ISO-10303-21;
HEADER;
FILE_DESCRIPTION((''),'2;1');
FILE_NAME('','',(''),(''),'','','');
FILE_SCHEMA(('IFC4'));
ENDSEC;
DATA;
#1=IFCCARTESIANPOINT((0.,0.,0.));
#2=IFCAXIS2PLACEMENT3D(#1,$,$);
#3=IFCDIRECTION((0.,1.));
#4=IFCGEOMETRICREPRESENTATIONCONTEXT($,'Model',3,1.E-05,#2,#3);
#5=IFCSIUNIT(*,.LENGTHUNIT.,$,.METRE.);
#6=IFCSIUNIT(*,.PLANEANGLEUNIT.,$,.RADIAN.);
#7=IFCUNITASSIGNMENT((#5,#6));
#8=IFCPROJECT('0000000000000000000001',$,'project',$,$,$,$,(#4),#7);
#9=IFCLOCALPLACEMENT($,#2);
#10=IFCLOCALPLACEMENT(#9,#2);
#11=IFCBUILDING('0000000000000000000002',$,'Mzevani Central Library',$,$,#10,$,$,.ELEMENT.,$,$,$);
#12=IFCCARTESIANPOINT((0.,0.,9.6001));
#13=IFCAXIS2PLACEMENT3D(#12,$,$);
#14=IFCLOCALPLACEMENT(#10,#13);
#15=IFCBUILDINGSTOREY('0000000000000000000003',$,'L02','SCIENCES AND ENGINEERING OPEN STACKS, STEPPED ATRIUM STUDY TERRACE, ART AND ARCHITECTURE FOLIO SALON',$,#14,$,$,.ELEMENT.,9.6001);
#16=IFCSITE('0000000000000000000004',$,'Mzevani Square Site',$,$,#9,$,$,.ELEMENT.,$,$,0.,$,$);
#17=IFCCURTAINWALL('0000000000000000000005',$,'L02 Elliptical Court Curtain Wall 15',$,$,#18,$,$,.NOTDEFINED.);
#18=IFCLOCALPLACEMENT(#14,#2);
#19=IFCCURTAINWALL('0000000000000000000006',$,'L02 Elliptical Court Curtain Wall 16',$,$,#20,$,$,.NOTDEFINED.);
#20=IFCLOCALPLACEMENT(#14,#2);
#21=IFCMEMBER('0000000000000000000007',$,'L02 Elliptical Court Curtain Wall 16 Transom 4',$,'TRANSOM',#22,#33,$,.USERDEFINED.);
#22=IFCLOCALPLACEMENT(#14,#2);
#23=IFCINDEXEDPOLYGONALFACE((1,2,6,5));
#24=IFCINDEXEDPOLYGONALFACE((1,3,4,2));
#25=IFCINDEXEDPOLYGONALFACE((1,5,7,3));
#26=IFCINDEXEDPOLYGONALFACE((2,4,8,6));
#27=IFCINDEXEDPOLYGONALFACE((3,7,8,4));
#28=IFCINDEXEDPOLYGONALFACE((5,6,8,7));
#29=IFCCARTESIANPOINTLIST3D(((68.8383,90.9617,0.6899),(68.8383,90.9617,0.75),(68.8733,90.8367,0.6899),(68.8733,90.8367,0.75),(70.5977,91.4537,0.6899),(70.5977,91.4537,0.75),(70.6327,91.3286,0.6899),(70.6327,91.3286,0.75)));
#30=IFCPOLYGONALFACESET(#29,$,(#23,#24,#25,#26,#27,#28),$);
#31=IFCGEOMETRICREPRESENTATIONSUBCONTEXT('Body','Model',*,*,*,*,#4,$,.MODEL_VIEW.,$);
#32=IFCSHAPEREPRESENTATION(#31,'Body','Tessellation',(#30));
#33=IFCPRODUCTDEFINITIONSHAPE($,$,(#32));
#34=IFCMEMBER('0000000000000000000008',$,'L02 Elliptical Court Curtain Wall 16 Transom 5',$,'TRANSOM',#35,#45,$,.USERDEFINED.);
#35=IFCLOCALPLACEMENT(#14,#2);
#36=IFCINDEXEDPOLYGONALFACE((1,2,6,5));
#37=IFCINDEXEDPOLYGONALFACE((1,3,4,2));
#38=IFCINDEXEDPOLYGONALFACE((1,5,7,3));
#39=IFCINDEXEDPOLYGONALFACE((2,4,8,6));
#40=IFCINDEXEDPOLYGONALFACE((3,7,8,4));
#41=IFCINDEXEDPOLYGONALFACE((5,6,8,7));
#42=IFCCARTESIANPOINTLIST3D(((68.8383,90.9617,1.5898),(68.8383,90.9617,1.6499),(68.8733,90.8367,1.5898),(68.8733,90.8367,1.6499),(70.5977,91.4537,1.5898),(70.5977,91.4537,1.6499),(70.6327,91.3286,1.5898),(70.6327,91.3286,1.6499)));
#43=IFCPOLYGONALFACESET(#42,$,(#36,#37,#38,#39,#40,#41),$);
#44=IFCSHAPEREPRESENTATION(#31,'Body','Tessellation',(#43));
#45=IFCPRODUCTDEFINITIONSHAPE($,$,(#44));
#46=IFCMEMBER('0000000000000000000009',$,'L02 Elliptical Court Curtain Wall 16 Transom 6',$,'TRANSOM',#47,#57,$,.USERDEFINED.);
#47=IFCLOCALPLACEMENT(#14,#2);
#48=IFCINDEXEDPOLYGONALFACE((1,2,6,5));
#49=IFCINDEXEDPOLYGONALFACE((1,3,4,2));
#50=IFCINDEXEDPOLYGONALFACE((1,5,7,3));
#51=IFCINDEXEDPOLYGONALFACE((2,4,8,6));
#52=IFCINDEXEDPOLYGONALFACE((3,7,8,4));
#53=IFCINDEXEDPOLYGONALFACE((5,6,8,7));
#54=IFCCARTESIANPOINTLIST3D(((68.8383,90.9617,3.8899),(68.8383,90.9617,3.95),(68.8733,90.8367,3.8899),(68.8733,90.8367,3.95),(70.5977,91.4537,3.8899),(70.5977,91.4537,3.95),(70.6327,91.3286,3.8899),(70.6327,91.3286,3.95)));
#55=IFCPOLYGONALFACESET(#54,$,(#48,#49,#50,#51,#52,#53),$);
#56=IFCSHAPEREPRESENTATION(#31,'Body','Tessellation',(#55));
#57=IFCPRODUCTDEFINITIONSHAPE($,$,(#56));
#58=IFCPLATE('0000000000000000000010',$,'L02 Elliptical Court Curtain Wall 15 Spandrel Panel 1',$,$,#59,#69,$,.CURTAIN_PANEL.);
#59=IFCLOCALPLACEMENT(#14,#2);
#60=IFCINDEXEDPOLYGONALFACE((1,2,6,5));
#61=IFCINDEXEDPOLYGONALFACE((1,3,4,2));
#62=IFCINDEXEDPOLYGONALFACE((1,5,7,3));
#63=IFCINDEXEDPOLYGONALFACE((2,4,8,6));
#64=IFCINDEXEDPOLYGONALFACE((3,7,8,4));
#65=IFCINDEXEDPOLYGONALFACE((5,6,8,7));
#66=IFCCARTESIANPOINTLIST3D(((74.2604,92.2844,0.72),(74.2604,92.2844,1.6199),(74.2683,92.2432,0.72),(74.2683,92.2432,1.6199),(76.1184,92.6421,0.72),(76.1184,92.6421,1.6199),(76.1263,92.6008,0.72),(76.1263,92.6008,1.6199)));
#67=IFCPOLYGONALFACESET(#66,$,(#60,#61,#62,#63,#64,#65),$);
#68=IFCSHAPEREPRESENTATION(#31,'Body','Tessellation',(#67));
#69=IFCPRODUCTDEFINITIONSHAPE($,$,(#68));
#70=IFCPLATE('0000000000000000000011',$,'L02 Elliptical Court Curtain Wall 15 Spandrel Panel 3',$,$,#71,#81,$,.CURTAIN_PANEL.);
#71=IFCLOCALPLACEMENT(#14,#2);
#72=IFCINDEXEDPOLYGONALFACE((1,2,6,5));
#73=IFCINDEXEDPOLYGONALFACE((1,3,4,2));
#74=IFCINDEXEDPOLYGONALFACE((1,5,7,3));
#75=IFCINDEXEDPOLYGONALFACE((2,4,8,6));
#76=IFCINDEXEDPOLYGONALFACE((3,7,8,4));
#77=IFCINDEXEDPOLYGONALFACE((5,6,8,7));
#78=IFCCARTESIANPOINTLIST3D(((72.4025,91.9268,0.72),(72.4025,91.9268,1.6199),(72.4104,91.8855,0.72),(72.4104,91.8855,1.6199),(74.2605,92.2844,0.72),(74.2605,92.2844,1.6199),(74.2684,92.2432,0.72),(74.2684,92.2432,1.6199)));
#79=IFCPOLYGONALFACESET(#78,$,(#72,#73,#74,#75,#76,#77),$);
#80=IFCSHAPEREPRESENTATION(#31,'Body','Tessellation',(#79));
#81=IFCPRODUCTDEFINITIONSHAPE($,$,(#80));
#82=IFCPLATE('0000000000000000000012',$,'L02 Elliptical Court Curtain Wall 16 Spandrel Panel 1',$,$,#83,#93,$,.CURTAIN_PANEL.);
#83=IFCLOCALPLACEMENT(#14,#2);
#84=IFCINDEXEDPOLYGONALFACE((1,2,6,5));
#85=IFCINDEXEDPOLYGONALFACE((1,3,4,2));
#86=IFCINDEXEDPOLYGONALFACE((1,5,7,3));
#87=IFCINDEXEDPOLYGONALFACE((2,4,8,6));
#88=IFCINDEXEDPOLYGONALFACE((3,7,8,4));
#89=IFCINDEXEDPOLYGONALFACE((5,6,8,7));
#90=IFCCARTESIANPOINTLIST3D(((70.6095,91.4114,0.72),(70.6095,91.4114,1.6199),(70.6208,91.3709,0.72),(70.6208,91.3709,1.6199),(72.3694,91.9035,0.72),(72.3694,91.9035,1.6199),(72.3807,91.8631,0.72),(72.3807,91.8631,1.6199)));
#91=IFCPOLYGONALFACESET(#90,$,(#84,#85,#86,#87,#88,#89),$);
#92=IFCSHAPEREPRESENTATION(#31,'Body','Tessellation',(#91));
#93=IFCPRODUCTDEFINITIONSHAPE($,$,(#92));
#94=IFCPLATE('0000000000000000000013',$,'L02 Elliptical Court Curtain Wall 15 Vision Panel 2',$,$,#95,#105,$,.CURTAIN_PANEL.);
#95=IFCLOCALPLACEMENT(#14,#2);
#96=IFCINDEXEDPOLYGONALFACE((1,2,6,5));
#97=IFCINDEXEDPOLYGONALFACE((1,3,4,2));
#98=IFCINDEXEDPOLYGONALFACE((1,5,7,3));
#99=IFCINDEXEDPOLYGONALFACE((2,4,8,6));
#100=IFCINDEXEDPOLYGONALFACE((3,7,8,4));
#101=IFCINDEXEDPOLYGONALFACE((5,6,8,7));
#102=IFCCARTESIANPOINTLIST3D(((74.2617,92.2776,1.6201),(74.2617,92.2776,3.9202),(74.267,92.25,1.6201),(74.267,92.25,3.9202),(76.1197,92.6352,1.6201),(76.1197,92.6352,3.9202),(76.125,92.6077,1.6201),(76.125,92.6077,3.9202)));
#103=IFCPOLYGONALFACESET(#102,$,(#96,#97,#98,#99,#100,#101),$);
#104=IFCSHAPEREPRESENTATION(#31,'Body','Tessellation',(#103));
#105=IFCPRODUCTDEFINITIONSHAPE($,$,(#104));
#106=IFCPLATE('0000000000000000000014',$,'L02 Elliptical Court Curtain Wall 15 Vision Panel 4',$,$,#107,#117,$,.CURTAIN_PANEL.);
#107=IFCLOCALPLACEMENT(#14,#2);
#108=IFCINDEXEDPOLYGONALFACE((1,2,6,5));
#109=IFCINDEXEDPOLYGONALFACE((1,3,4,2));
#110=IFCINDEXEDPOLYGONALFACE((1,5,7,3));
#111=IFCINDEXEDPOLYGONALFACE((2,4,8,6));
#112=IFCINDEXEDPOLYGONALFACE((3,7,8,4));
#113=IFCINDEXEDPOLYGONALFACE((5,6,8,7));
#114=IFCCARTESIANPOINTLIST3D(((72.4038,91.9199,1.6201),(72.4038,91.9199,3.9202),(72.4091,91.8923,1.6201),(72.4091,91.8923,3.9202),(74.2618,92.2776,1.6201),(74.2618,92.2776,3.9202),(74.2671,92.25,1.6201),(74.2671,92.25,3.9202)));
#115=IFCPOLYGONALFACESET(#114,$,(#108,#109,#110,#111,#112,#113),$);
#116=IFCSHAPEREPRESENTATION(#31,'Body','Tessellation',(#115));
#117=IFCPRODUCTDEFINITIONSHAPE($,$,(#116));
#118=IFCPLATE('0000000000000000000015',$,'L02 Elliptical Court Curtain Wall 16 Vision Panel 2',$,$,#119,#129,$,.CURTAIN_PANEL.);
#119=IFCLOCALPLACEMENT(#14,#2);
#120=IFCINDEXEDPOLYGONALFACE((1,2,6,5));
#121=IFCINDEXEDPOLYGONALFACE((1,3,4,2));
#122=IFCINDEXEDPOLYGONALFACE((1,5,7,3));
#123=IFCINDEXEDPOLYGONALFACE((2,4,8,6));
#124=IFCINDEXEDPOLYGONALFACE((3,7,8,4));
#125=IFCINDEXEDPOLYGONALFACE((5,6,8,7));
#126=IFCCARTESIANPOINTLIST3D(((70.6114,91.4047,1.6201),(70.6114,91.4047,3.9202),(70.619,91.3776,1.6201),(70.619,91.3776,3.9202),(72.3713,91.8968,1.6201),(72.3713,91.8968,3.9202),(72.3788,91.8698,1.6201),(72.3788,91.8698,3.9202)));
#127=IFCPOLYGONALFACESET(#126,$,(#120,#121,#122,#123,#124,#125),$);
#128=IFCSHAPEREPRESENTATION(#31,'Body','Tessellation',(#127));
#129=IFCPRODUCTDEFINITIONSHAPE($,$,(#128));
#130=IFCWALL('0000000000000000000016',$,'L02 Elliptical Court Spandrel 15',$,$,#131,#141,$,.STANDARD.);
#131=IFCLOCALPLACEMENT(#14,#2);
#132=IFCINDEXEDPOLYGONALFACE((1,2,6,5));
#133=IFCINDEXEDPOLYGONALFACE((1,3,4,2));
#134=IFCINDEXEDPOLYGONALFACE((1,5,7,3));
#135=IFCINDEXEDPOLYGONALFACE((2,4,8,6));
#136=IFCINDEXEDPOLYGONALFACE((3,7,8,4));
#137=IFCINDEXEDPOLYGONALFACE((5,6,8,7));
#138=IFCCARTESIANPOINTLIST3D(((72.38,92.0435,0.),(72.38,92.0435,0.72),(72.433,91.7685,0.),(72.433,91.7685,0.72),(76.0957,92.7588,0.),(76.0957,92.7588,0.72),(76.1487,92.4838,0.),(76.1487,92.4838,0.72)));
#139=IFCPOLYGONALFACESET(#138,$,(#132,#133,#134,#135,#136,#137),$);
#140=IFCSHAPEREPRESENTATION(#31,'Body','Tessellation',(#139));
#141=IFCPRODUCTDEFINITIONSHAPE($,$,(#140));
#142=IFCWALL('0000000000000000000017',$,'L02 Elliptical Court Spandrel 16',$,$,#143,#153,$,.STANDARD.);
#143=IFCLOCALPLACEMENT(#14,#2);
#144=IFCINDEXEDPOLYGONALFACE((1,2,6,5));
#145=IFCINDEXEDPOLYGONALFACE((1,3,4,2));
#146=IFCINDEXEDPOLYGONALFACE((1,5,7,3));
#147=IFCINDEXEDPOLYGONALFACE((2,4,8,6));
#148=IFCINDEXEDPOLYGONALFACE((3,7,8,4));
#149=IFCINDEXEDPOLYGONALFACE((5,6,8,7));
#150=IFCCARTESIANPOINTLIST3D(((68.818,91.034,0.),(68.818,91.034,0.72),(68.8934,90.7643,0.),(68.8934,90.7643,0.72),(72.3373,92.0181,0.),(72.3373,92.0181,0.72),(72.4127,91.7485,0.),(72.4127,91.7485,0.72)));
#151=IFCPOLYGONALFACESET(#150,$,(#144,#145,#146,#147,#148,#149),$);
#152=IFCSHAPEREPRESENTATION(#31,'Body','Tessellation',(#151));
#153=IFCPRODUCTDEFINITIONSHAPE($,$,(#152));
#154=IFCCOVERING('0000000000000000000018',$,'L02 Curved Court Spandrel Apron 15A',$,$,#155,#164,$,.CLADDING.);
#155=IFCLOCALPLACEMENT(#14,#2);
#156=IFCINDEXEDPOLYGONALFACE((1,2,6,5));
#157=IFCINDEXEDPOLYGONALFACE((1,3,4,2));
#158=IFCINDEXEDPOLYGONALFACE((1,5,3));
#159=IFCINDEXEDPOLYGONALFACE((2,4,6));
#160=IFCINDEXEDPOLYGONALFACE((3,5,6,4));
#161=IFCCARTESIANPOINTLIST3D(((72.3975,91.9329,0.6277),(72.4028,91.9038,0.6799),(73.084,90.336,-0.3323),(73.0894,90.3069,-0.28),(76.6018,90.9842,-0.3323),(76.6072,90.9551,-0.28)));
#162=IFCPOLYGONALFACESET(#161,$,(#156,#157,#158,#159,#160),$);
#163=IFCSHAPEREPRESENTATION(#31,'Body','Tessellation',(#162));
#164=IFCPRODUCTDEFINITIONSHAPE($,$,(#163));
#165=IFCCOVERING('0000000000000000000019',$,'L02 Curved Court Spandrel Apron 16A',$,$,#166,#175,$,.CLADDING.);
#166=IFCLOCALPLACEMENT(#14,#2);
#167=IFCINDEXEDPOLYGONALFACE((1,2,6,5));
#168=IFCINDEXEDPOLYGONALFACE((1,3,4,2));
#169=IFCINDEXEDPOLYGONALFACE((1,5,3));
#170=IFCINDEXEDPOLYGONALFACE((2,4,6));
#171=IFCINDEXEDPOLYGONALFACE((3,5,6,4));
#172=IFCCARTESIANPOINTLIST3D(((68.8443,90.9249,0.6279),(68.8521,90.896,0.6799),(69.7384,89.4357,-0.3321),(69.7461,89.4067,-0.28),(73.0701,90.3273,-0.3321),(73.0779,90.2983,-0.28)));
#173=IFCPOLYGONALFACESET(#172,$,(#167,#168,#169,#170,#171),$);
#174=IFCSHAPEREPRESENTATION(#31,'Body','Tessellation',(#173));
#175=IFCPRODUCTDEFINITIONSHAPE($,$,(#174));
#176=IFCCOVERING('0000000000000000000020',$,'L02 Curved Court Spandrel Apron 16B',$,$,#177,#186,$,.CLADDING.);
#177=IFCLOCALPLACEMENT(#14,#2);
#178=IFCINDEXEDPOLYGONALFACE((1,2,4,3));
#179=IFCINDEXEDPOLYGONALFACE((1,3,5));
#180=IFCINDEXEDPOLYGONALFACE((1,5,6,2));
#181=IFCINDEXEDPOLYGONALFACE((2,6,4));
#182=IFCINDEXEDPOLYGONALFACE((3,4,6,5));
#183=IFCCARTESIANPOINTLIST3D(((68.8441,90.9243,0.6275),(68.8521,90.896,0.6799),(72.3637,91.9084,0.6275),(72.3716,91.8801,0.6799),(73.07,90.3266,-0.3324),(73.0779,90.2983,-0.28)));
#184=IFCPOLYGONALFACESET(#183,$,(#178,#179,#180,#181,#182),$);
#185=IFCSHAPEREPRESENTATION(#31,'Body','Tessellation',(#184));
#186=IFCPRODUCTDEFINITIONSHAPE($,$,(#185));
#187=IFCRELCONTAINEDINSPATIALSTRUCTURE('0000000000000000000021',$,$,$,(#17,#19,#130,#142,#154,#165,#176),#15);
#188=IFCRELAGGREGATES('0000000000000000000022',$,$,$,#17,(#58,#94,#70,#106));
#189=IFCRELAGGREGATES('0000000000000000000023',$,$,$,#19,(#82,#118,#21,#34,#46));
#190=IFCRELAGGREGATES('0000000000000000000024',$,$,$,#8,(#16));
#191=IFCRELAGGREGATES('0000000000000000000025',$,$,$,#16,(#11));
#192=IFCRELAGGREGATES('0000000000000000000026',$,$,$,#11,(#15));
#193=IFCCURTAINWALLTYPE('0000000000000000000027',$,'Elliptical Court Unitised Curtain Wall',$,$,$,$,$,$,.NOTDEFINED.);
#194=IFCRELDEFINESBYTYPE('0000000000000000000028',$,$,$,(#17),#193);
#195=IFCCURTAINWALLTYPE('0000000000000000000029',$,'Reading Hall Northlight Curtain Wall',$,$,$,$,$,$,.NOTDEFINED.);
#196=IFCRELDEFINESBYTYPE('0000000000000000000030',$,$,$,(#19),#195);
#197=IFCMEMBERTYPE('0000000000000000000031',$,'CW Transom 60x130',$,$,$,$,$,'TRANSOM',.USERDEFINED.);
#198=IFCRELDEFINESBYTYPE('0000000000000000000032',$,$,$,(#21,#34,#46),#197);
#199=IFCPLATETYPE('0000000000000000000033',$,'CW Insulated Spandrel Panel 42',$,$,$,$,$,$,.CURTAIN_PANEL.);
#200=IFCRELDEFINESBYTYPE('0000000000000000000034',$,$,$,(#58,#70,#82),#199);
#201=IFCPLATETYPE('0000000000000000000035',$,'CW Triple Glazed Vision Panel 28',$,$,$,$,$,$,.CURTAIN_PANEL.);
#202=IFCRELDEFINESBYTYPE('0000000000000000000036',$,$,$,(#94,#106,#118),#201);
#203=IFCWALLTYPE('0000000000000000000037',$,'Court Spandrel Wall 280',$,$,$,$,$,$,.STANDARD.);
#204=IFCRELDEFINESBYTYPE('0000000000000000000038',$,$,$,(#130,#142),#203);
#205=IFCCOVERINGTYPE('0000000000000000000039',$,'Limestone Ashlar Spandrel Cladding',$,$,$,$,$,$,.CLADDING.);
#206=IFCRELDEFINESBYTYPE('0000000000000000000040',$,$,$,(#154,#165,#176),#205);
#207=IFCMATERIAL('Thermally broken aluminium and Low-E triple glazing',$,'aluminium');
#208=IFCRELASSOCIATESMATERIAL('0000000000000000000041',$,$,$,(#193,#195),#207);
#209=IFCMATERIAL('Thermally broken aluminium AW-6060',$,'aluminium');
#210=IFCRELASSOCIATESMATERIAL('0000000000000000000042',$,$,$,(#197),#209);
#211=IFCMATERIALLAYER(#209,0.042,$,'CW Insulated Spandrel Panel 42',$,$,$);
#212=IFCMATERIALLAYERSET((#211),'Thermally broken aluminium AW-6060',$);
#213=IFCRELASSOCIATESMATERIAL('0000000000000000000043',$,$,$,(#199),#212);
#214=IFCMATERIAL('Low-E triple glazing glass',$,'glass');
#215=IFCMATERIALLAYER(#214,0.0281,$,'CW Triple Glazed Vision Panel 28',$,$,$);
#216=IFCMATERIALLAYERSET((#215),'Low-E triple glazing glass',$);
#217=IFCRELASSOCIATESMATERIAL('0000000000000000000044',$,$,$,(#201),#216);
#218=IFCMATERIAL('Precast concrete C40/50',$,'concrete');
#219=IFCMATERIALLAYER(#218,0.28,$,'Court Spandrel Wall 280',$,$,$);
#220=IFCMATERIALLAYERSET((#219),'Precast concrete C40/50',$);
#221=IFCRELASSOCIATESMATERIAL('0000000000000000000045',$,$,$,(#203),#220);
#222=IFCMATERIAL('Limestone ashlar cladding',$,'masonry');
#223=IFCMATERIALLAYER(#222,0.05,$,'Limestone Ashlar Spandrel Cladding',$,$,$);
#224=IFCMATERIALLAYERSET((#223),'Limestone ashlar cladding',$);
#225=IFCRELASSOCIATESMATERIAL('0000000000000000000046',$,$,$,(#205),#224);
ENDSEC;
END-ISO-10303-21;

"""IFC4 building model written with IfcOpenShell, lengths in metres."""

from ifc_helpers import new_model, si_unit, direction, frame, frame_2d, origin, origin_2d, place, context, subcontext, project, spatial, polyline, rectangle, outline, extrude, material, layer, layer_set, material_profile, profile_set, type_object, element, aggregate, save


model = new_model("IFC4")

# Units and contexts
model_context = context("Model", 3, precision=1e-05, world=origin(), true_north=direction((0.0, 1.0)))
body_context = subcontext(model_context, "Body", "Model", "MODEL_VIEW")
ifc_project = project(units=[si_unit("LENGTHUNIT", "METRE"), si_unit("PLANEANGLEUNIT", "RADIAN")], contexts=[model_context])

# Site, building, storey
site_placement = place(None, origin())
site = spatial("IfcSite", under=ifc_project, at=site_placement, Name="Mzevani Square Site", CompositionType="ELEMENT", RefElevation=0.0)
building_placement = place(site_placement, origin())
building = spatial("IfcBuilding", under=site, at=building_placement, Name="Mzevani Central Library", CompositionType="ELEMENT")
storey_placement = place(building_placement, frame((0.0, 0.0, 9.6001)))
storey = spatial("IfcBuildingStorey", under=building, at=storey_placement, Name="L02", Description="SCIENCES AND ENGINEERING OPEN STACKS, STEPPED ATRIUM STUDY TERRACE, ART AND ARCHITECTURE FOLIO SALON", CompositionType="ELEMENT", Elevation=9.6001)

# Curtain wall
ifc_material_1 = material(Name="Thermally broken aluminium and Low-E triple glazing", Category="aluminium")
curtain_wall_type_1 = type_object("IfcCurtainWallType", Name="Elliptical Court Unitised Curtain Wall", PredefinedType="NOTDEFINED", material=ifc_material_1)
curtain_wall_1_placement = place(storey_placement, origin())
curtain_wall_1 = element("IfcCurtainWall", 1, at=curtain_wall_1_placement, inside=storey, type_object=curtain_wall_type_1, Name="L02 Elliptical Court Curtain Wall 15", PredefinedType="NOTDEFINED")
ifc_material_2 = material(Name="Thermally broken aluminium AW-6060", Category="aluminium")

# Curtain wall
curtain_wall_type_2 = type_object("IfcCurtainWallType", Name="Reading Hall Northlight Curtain Wall", PredefinedType="NOTDEFINED", material=ifc_material_1)
curtain_wall_2_placement = place(storey_placement, origin())
curtain_wall_2 = element("IfcCurtainWall", 2, at=curtain_wall_2_placement, inside=storey, type_object=curtain_wall_type_2, Name="L02 Elliptical Court Curtain Wall 16", PredefinedType="NOTDEFINED")

# Members
ifc_material_profile_1 = material_profile(ifc_material_2, rectangle(XDim=0.1299, YDim=0.0601, at=origin_2d()), Name="ALU T60x130")
ifc_profile_set_1 = profile_set([ifc_material_profile_1], Name="Thermally broken aluminium AW-6060")
member_type_1 = type_object("IfcMemberType", Name="CW Transom 60x130", ElementType="TRANSOM", PredefinedType="USERDEFINED", material=ifc_profile_set_1)
member_1_placement = place(storey_placement, frame((70.6152, 91.3911, 0.72), z_axis=(-0.963067, -0.269263, 0.0), x_axis=(0.269263, -0.963067, 0.0)))
member_1 = element("IfcMember", 3, at=member_1_placement, type_object=member_type_1, Name="L02 Elliptical Court Curtain Wall 16 Transom 4", ObjectType="TRANSOM", PredefinedType="USERDEFINED", context=body_context, shape_type="SweptSolid", body=[
    extrude(rectangle(XDim=0.1299, YDim=0.0601, at=origin_2d()), origin(), (0.0, 0.0, 1.0), 1.8269),
])
member_2_placement = place(storey_placement, frame((70.6152, 91.3911, 1.6199), z_axis=(-0.963067, -0.269263, 0.0), x_axis=(0.269263, -0.963067, 0.0)))
member_2 = element("IfcMember", 4, at=member_2_placement, type_object=member_type_1, Name="L02 Elliptical Court Curtain Wall 16 Transom 5", ObjectType="TRANSOM", PredefinedType="USERDEFINED", context=body_context, shape_type="SweptSolid", body=[
    extrude(rectangle(XDim=0.1299, YDim=0.0601, at=origin_2d()), origin(), (0.0, 0.0, 1.0), 1.8269),
])
member_3_placement = place(storey_placement, frame((70.6152, 91.3911, 3.9199), z_axis=(-0.963067, -0.269263, 0.0), x_axis=(0.269263, -0.963067, 0.0)))
member_3 = element("IfcMember", 5, at=member_3_placement, type_object=member_type_1, Name="L02 Elliptical Court Curtain Wall 16 Transom 6", ObjectType="TRANSOM", PredefinedType="USERDEFINED", context=body_context, shape_type="SweptSolid", body=[
    extrude(rectangle(XDim=0.1299, YDim=0.0601, at=origin_2d()), origin(), (0.0, 0.0, 1.0), 1.8269),
])

# Plates
ifc_layer_1 = layer(ifc_material_2, 0.042, Name="CW Insulated Spandrel Panel 42")
ifc_layer_set_1 = layer_set([ifc_layer_1], Name="Thermally broken aluminium AW-6060")
plate_type_1 = type_object("IfcPlateType", Name="CW Insulated Spandrel Panel 42", PredefinedType="CURTAIN_PANEL", material=ifc_layer_set_1)
plate_1_placement = place(storey_placement, frame((75.1934, 92.4426, 0.72), z_axis=(0.0, 0.0, 1.0), x_axis=(-0.981972, -0.189027, 0.0)))
plate_1 = element("IfcPlate", 6, at=plate_1_placement, type_object=plate_type_1, Name="L02 Elliptical Court Curtain Wall 15 Spandrel Panel 1", PredefinedType="CURTAIN_PANEL", context=body_context, shape_type="SweptSolid", body=[
    extrude(rectangle(XDim=1.8921, YDim=0.042, at=origin_2d()), origin(), (0.0, 0.0, 1.0), 0.8999),
])
plate_2_placement = place(storey_placement, frame((73.3354, 92.085, 0.72), z_axis=(0.0, 0.0, 1.0), x_axis=(-0.981972, -0.189027, 0.0)))
plate_2 = element("IfcPlate", 7, at=plate_2_placement, type_object=plate_type_1, Name="L02 Elliptical Court Curtain Wall 15 Spandrel Panel 3", PredefinedType="CURTAIN_PANEL", context=body_context, shape_type="SweptSolid", body=[
    extrude(rectangle(XDim=1.8921, YDim=0.042, at=origin_2d()), origin(), (0.0, 0.0, 1.0), 0.8999),
])
plate_3_placement = place(storey_placement, frame((71.4951, 91.6372, 0.72), z_axis=(0.0, 0.0, 1.0), x_axis=(-0.963054, -0.26931, 0.0)))
plate_3 = element("IfcPlate", 8, at=plate_3_placement, type_object=plate_type_1, Name="L02 Elliptical Court Curtain Wall 16 Spandrel Panel 1", PredefinedType="CURTAIN_PANEL", context=body_context, shape_type="SweptSolid", body=[
    extrude(rectangle(XDim=1.8274, YDim=0.042, at=origin_2d()), origin(), (0.0, 0.0, 1.0), 0.8999),
])
ifc_material_3 = material(Name="Low-E triple glazing glass", Category="glass")
ifc_layer_2 = layer(ifc_material_3, 0.0281, Name="CW Triple Glazed Vision Panel 28")
ifc_layer_set_2 = layer_set([ifc_layer_2], Name="Low-E triple glazing glass")
plate_type_2 = type_object("IfcPlateType", Name="CW Triple Glazed Vision Panel 28", PredefinedType="CURTAIN_PANEL", material=ifc_layer_set_2)
plate_4_placement = place(storey_placement, frame((75.1934, 92.4426, 1.6201), z_axis=(0.0, 0.0, 1.0), x_axis=(-0.981972, -0.189027, 0.0)))
plate_4 = element("IfcPlate", 9, at=plate_4_placement, type_object=plate_type_2, Name="L02 Elliptical Court Curtain Wall 15 Vision Panel 2", PredefinedType="CURTAIN_PANEL", context=body_context, shape_type="SweptSolid", body=[
    extrude(rectangle(XDim=1.8921, YDim=0.0281, at=origin_2d()), origin(), (0.0, 0.0, 1.0), 2.3),
])
plate_5_placement = place(storey_placement, frame((73.3354, 92.085, 1.6201), z_axis=(0.0, 0.0, 1.0), x_axis=(-0.981972, -0.189027, 0.0)))
plate_5 = element("IfcPlate", 10, at=plate_5_placement, type_object=plate_type_2, Name="L02 Elliptical Court Curtain Wall 15 Vision Panel 4", PredefinedType="CURTAIN_PANEL", context=body_context, shape_type="SweptSolid", body=[
    extrude(rectangle(XDim=1.8921, YDim=0.0281, at=origin_2d()), origin(), (0.0, 0.0, 1.0), 2.3),
])
aggregate(curtain_wall_1, [plate_1, plate_4, plate_2, plate_5])
plate_6_placement = place(storey_placement, frame((71.4951, 91.6372, 1.6201), z_axis=(0.0, 0.0, 1.0), x_axis=(-0.963054, -0.26931, 0.0)))
plate_6 = element("IfcPlate", 11, at=plate_6_placement, type_object=plate_type_2, Name="L02 Elliptical Court Curtain Wall 16 Vision Panel 2", PredefinedType="CURTAIN_PANEL", context=body_context, shape_type="SweptSolid", body=[
    extrude(rectangle(XDim=1.8274, YDim=0.0281, at=origin_2d()), origin(), (0.0, 0.0, 1.0), 2.3),
])
aggregate(curtain_wall_2, [plate_3, plate_6, member_1, member_2, member_3])

# Walls
ifc_material_4 = material(Name="Precast concrete C40/50", Category="concrete")
ifc_layer_3 = layer(ifc_material_4, 0.28, Name="Court Spandrel Wall 280")
ifc_layer_set_3 = layer_set([ifc_layer_3], Name="Precast concrete C40/50")
wall_type = type_object("IfcWallType", Name="Court Spandrel Wall 280", PredefinedType="STANDARD", material=ifc_layer_set_3)
wall_1_placement = place(storey_placement, frame((76.1223, 92.6213, 0.0), z_axis=(0.0, 0.0, 1.0), x_axis=(-0.98197, -0.189039, 0.0)))
element("IfcWall", 12, at=wall_1_placement, inside=storey, type_object=wall_type, Name="L02 Elliptical Court Spandrel 15", PredefinedType="STANDARD", context=body_context, shape_type="SweptSolid", body=[
    extrude(rectangle(XDim=3.7839, YDim=0.28, at=frame_2d((1.8921, 0.0))), origin(), (0.0, 0.0, 1.0), 0.72),
])
wall_2_placement = place(storey_placement, frame((72.375, 91.8833, 0.0), z_axis=(0.0, 0.0, 1.0), x_axis=(-0.963054, -0.269308, 0.0)))
element("IfcWall", 13, at=wall_2_placement, inside=storey, type_object=wall_type, Name="L02 Elliptical Court Spandrel 16", PredefinedType="STANDARD", context=body_context, shape_type="SweptSolid", body=[
    extrude(rectangle(XDim=3.6543, YDim=0.28, at=frame_2d((1.8271, 0.0))), origin(), (0.0, 0.0, 1.0), 0.72),
])

# Coverings
ifc_material_5 = material(Name="Limestone ashlar cladding", Category="masonry")
ifc_layer_4 = layer(ifc_material_5, 0.05, Name="Limestone Ashlar Spandrel Cladding")
ifc_layer_set_4 = layer_set([ifc_layer_4], Name="Limestone ashlar cladding")
covering_type = type_object("IfcCoveringType", Name="Limestone Ashlar Spandrel Cladding", PredefinedType="CLADDING", material=ifc_layer_set_4)
covering_1_placement = place(storey_placement, frame((76.6072, 90.9551, -0.28), z_axis=(0.089305, -0.484668, 0.870127), x_axis=(-0.983445, -0.181209, 0.0)))
element("IfcCovering", 14, at=covering_1_placement, inside=storey, type_object=covering_type, Name="L02 Curved Court Spandrel Apron 15A", PredefinedType="CLADDING", context=body_context, shape_type="SweptSolid", body=[
    extrude(outline(polyline([(0.0, 0.0), (3.577, 0.0), (3.9628, -1.9479), (0.0, 0.0)])), origin(), (0.0, 0.0, -1.0), 0.0601),
])
covering_2_placement = place(storey_placement, frame((73.0779, 90.2983, -0.28), z_axis=(0.128844, -0.481472, 0.866939), x_axis=(-0.966009, -0.258508, 0.0)))
element("IfcCovering", 15, at=covering_2_placement, inside=storey, type_object=covering_type, Name="L02 Curved Court Spandrel Apron 16A", PredefinedType="CLADDING", context=body_context, shape_type="SweptSolid", body=[
    extrude(outline(polyline([(0.0, 0.0), (3.449, 0.0), (3.9277, -1.926), (0.0, 0.0)])), origin(), (0.0, 0.0, -1.0), 0.0601),
])
covering_3_placement = place(storey_placement, frame((73.0779, 90.2983, -0.28), z_axis=(0.131615, -0.470692, 0.872426), x_axis=(-0.966012, 0.136622, 0.219444)))
element("IfcCovering", 16, at=covering_3_placement, inside=storey, type_object=covering_type, Name="L02 Curved Court Spandrel Apron 16B", PredefinedType="CLADDING", context=body_context, shape_type="SweptSolid", body=[
    extrude(outline(polyline([(0.0, 0.0), (4.3745, 0.0), (1.1091, -1.6409), (0.0, 0.0)])), origin(), (0.0, 0.0, -1.0), 0.0601),
])

save(model, "model.ifc")
